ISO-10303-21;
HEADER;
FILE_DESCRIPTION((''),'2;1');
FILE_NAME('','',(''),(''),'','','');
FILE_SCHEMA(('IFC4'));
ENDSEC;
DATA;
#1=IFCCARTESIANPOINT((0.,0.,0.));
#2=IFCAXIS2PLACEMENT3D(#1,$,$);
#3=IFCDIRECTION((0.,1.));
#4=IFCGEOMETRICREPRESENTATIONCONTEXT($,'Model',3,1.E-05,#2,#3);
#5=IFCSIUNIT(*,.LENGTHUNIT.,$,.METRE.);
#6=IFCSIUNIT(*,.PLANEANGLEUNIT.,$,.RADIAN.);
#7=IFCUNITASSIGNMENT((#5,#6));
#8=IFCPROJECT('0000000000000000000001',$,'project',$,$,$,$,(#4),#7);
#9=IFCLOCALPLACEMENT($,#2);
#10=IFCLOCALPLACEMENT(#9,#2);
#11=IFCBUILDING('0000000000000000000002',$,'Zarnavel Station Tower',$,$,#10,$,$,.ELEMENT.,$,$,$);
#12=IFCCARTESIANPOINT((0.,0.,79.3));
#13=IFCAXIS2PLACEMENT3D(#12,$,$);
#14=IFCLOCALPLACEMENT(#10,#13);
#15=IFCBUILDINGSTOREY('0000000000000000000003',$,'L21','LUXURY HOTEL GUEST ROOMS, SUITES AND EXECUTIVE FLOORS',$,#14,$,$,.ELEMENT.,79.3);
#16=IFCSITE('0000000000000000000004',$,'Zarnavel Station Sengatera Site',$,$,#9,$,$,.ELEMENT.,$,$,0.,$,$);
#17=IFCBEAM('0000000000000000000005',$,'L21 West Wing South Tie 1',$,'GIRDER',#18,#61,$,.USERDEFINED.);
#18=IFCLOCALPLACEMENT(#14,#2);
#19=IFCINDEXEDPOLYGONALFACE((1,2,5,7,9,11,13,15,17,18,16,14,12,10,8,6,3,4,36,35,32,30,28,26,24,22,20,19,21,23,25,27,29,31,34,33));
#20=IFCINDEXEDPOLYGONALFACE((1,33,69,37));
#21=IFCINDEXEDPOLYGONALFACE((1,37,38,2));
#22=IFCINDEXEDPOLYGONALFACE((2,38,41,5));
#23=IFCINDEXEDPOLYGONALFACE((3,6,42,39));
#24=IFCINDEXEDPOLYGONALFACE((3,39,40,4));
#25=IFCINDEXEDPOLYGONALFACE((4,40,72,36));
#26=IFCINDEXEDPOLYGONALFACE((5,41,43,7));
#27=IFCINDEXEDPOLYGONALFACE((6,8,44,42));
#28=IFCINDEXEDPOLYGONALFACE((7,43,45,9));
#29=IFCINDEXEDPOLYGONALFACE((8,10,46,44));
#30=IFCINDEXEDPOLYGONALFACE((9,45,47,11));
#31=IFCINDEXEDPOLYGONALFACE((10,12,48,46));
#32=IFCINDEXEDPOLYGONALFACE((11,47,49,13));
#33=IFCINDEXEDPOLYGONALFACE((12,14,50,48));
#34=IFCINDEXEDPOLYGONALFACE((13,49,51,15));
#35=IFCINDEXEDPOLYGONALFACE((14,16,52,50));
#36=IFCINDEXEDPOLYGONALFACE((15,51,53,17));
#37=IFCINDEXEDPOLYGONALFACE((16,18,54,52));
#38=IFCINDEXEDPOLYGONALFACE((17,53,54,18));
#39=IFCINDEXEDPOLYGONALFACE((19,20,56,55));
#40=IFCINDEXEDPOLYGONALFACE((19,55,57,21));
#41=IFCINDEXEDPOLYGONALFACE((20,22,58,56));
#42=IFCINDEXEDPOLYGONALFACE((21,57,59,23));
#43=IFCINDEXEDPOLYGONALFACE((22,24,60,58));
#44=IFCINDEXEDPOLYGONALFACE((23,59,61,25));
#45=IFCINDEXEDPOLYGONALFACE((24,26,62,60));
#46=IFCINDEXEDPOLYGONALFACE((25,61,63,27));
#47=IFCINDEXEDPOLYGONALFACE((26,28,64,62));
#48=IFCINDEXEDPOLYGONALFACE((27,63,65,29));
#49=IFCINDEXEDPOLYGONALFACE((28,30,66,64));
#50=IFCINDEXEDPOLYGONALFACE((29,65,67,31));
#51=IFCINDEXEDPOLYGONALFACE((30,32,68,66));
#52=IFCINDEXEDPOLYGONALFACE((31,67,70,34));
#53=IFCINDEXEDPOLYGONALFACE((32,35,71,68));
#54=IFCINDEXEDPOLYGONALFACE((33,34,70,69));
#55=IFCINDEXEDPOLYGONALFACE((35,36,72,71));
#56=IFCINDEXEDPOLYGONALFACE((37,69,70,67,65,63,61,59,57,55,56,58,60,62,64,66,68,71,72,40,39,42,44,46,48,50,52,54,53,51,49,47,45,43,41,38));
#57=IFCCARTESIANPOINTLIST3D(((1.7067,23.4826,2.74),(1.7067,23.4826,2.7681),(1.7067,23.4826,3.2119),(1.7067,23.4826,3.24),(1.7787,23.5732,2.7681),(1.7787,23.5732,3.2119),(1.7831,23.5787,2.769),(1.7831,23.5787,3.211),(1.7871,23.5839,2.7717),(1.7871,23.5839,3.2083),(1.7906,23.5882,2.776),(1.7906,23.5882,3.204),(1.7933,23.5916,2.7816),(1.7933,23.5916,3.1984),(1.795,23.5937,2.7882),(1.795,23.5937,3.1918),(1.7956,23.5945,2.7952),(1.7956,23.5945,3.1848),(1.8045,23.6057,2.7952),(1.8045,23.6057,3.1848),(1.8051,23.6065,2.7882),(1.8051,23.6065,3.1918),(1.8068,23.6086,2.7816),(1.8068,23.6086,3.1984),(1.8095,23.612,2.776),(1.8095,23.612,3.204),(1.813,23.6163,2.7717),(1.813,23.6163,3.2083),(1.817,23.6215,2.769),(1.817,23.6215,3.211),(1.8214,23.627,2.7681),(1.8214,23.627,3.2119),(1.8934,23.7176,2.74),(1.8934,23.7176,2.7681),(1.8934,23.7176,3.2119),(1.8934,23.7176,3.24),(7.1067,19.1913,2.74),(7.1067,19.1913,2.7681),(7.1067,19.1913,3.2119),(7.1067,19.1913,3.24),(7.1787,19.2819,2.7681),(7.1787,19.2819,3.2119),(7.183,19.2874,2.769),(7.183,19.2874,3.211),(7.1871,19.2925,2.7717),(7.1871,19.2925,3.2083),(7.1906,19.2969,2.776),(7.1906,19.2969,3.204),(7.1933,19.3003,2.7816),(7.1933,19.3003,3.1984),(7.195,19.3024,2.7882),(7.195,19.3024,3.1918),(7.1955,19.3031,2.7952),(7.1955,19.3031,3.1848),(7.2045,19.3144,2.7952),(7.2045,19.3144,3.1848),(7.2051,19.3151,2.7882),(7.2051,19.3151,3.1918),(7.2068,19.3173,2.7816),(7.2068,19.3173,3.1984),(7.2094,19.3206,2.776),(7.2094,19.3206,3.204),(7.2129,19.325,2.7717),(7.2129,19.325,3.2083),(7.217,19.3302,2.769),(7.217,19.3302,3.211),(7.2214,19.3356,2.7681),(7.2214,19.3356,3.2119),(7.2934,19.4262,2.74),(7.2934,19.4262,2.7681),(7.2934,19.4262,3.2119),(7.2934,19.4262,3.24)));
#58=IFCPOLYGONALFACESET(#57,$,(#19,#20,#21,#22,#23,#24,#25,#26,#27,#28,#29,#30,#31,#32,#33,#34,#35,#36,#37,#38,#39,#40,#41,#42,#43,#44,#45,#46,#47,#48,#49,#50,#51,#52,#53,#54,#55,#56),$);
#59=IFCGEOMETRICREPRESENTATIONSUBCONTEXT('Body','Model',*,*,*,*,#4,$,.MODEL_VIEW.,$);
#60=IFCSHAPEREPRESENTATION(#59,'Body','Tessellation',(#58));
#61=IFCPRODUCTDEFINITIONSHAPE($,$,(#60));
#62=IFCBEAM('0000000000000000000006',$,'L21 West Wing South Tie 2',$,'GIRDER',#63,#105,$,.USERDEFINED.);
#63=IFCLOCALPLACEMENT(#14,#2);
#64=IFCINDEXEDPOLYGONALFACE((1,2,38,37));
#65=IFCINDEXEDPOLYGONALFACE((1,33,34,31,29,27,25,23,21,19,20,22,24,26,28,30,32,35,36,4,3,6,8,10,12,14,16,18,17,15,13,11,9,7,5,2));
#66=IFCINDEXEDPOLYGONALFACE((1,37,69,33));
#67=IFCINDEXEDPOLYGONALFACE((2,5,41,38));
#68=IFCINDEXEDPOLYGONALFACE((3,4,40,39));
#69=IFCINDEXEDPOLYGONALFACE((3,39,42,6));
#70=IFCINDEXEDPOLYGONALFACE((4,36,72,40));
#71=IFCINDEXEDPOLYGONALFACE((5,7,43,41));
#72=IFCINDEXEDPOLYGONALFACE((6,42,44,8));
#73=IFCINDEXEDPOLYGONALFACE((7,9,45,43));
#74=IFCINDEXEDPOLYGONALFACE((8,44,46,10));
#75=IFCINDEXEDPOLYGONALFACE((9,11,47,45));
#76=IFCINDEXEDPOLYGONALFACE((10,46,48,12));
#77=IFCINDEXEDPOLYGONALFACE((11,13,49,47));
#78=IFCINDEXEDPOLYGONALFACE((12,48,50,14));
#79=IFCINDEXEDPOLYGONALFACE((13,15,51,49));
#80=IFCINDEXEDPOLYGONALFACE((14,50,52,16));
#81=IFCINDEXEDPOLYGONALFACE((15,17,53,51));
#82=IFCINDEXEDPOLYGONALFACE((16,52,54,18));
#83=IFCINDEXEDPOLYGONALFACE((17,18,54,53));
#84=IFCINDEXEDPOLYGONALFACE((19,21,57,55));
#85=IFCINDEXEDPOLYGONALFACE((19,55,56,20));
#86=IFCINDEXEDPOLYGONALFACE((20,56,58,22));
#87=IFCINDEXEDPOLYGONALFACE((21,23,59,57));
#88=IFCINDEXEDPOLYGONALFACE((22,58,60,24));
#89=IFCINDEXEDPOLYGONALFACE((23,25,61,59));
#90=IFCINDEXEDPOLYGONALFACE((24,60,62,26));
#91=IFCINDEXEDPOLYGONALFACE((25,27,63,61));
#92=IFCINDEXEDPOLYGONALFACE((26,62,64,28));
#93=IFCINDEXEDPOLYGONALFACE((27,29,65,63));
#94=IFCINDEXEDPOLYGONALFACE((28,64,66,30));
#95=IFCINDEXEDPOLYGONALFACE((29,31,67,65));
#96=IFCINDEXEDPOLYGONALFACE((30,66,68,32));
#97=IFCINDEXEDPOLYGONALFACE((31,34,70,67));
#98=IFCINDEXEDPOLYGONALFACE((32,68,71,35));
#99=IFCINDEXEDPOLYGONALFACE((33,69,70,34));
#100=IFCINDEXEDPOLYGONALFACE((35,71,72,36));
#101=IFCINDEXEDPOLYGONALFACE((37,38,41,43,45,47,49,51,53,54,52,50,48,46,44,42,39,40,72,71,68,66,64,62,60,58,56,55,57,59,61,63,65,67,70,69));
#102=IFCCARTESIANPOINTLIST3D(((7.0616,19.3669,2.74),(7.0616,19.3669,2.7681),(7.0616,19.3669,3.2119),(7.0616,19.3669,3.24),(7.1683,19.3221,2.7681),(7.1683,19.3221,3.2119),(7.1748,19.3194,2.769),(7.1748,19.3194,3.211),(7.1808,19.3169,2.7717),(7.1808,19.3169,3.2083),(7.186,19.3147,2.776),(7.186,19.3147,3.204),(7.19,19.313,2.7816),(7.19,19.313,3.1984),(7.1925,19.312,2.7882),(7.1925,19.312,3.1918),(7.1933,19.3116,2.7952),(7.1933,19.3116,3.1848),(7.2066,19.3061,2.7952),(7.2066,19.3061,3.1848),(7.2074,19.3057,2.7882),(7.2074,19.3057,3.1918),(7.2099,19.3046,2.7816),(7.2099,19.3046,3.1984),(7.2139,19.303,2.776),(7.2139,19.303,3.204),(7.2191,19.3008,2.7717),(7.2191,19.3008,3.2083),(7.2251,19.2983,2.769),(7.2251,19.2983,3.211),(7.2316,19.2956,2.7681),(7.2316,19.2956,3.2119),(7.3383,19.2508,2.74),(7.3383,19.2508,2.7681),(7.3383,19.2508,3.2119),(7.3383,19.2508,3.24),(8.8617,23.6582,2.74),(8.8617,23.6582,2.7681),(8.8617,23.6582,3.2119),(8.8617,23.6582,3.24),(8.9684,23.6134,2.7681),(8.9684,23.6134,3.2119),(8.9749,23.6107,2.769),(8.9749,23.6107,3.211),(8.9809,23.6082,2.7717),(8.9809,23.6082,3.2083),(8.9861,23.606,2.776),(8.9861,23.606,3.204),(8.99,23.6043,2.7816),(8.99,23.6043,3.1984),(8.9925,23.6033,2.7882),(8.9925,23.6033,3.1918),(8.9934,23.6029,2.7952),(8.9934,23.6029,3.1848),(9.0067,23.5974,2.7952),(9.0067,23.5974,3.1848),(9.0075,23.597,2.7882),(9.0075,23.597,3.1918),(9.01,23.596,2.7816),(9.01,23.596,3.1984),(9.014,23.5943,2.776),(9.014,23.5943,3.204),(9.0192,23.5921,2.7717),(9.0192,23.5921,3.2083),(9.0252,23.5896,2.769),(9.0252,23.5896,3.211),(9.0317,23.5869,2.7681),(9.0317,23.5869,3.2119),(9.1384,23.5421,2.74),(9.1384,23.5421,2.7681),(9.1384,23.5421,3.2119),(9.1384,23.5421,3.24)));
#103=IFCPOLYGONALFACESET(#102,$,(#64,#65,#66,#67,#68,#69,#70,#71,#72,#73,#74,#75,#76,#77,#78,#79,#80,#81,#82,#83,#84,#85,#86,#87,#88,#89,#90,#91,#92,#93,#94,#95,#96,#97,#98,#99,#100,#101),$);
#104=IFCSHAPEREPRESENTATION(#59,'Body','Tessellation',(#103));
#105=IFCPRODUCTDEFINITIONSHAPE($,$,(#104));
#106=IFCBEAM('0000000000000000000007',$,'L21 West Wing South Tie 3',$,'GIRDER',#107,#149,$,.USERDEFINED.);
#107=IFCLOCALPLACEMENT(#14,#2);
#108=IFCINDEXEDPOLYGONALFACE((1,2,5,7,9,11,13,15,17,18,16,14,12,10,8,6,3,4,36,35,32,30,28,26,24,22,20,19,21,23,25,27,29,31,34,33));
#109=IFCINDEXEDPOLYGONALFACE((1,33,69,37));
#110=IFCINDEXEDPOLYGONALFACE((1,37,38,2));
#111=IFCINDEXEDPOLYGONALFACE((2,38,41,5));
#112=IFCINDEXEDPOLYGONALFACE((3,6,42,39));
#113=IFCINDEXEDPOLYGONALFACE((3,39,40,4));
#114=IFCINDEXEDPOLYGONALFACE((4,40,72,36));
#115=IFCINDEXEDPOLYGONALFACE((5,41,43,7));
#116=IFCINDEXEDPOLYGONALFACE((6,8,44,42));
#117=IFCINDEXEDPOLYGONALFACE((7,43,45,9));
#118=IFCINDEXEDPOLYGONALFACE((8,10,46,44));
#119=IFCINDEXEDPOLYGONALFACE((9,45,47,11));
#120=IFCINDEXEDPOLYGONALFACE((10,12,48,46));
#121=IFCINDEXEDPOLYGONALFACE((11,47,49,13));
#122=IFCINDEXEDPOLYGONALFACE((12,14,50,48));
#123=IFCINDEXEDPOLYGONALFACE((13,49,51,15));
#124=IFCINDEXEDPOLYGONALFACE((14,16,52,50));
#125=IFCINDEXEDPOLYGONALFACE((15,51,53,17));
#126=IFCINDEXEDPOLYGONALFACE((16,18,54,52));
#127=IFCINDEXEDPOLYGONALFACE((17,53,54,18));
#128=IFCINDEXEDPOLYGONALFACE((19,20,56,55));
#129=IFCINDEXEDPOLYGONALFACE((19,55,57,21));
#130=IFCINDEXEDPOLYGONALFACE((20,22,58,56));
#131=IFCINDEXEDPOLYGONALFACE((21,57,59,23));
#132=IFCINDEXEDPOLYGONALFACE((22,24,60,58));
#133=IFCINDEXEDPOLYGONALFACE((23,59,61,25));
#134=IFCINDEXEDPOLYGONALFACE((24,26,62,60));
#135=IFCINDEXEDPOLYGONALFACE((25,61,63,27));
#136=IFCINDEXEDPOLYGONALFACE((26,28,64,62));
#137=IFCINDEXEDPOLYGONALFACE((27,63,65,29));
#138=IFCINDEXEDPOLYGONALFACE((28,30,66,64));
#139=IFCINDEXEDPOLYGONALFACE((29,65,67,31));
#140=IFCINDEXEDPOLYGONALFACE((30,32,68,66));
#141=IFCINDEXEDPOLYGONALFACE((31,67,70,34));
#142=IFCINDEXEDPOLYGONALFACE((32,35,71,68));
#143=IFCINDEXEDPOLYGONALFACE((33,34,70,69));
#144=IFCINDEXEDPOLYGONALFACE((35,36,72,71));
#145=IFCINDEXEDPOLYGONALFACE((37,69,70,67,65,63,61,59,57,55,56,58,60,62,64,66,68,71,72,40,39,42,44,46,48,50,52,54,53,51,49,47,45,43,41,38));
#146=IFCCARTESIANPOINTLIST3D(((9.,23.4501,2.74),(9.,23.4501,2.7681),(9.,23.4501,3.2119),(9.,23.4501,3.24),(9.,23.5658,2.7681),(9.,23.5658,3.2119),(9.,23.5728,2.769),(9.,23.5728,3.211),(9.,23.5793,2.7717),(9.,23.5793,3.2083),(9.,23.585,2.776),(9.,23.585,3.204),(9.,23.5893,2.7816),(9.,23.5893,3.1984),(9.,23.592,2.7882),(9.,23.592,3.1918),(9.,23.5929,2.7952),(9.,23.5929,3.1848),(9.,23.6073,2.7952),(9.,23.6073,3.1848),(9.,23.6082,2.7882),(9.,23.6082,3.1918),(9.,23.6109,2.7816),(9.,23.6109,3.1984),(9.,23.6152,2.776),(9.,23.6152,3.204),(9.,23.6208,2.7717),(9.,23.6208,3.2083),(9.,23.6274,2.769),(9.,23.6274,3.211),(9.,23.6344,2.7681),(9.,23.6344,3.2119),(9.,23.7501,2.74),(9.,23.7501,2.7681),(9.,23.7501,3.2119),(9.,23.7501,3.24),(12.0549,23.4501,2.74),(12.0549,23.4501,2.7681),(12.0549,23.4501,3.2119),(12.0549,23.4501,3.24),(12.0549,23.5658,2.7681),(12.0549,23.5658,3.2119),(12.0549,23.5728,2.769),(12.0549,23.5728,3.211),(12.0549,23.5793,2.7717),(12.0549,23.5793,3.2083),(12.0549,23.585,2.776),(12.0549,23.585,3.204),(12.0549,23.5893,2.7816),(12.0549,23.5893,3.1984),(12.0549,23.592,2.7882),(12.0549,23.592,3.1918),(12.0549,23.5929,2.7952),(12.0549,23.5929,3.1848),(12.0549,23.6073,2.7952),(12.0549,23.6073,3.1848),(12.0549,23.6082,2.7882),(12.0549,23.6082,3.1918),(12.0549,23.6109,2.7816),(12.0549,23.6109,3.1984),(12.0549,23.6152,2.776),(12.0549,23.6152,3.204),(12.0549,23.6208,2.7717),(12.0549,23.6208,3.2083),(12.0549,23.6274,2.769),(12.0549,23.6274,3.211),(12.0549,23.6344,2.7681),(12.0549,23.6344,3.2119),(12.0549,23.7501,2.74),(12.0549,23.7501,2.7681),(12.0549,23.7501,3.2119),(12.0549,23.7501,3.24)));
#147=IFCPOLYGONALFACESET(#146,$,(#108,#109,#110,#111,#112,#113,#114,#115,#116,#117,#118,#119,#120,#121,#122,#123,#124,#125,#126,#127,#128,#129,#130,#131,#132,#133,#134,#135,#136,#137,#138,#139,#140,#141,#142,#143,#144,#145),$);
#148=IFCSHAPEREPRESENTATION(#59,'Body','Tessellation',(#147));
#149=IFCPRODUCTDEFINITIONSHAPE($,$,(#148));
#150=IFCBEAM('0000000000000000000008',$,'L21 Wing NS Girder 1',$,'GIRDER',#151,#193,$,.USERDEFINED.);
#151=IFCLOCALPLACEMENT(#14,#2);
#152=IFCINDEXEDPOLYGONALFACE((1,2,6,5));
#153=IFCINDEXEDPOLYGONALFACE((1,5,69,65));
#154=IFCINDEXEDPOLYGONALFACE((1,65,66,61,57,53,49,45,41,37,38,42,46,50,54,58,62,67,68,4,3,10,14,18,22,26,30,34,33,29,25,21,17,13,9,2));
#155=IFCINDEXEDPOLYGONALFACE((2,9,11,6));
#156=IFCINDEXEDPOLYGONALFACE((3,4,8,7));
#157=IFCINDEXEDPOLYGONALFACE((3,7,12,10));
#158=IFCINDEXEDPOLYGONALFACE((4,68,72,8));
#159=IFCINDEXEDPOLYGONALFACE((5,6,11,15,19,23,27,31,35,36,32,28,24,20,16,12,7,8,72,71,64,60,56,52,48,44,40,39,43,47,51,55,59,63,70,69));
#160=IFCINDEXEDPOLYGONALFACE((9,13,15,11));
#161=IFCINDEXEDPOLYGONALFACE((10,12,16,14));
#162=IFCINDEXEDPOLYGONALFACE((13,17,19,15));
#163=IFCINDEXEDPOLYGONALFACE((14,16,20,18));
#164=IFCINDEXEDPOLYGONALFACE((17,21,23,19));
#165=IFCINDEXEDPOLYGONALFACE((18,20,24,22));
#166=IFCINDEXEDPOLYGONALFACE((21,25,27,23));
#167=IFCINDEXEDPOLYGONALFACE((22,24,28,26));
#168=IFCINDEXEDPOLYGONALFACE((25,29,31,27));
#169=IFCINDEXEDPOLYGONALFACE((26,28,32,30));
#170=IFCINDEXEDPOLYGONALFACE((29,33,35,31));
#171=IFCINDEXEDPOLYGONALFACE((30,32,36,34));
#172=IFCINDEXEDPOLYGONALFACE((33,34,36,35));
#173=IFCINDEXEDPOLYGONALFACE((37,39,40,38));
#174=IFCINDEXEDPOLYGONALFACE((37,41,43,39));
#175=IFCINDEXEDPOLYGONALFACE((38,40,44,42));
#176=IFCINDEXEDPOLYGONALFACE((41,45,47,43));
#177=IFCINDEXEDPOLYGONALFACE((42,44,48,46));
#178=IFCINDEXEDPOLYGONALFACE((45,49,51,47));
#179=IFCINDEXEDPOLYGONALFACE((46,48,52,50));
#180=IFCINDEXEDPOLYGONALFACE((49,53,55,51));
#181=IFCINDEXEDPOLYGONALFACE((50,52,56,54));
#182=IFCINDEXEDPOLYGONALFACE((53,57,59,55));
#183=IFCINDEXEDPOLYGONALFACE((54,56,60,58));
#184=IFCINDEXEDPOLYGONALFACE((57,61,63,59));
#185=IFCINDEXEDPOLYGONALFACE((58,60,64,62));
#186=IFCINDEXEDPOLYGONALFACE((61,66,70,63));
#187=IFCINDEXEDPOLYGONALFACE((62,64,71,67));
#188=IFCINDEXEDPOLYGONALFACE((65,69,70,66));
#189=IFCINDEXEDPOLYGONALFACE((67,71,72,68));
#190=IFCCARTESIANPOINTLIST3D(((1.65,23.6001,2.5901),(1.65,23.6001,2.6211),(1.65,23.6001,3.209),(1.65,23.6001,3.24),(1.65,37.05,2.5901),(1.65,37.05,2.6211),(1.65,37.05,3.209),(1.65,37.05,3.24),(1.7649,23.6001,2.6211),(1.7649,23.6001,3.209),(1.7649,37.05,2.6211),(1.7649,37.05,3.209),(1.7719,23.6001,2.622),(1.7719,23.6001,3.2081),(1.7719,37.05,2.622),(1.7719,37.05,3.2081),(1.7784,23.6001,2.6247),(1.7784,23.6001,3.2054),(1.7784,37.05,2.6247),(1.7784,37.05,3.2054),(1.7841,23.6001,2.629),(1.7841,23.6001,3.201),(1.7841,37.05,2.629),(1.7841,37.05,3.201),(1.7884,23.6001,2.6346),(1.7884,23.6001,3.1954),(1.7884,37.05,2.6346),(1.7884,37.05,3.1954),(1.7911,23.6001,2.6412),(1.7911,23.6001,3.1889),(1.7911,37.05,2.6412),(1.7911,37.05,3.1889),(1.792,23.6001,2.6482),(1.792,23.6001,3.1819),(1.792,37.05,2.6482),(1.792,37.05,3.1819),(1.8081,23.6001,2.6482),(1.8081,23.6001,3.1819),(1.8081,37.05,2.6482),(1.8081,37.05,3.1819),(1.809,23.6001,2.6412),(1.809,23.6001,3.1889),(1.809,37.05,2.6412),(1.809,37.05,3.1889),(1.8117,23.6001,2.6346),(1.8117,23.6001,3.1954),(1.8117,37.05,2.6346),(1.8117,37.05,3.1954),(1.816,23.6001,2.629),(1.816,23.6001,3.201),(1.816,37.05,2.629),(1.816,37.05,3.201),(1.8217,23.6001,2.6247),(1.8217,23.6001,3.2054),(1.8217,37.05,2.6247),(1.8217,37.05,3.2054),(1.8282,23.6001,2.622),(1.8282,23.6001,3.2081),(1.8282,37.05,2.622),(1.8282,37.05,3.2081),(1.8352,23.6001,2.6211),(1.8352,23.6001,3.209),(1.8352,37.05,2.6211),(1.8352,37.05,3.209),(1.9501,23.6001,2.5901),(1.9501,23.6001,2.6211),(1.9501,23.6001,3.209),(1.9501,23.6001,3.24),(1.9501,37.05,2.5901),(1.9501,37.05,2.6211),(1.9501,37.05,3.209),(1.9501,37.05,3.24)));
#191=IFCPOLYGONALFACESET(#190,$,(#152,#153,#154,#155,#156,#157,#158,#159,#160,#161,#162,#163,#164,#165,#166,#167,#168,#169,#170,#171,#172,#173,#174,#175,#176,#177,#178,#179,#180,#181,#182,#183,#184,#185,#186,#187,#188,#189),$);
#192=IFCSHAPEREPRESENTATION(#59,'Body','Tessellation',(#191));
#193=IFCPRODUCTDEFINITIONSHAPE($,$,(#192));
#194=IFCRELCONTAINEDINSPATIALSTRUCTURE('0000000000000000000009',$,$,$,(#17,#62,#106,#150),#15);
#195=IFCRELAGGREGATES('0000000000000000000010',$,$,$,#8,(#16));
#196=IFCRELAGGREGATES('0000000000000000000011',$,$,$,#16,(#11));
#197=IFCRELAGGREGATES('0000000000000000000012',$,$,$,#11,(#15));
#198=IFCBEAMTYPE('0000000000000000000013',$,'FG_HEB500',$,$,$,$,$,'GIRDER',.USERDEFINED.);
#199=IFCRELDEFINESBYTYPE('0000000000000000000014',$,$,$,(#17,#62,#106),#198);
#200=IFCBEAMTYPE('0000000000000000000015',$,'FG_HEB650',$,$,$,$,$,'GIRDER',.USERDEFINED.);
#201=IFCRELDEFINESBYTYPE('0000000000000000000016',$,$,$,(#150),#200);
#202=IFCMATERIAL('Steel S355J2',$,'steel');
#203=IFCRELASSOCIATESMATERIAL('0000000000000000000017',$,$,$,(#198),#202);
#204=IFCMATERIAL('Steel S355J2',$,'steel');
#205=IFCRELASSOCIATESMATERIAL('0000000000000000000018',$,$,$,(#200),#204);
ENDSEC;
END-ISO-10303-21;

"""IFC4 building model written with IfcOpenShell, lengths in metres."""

from ifc_helpers import new_model, si_unit, direction, frame, origin, origin_2d, place, context, subcontext, project, spatial, i_section, extrude, material, material_profile, profile_set, type_object, element, save


model = new_model("IFC4")

# Units and contexts
model_context = context("Model", 3, precision=1e-05, world=origin(), true_north=direction((0.0, 1.0)))
body_context = subcontext(model_context, "Body", "Model", "MODEL_VIEW")
ifc_project = project(units=[si_unit("LENGTHUNIT", "METRE"), si_unit("PLANEANGLEUNIT", "RADIAN")], contexts=[model_context])

# Site, building, storey
site_placement = place(None, origin())
site = spatial("IfcSite", under=ifc_project, at=site_placement, Name="Zarnavel Station Sengatera Site", CompositionType="ELEMENT", RefElevation=0.0)
building_placement = place(site_placement, origin())
building = spatial("IfcBuilding", under=site, at=building_placement, Name="Zarnavel Station Tower", CompositionType="ELEMENT")
storey_placement = place(building_placement, frame((0.0, 0.0, 79.3)))
storey = spatial("IfcBuildingStorey", under=building, at=storey_placement, Name="L21", Description="LUXURY HOTEL GUEST ROOMS, SUITES AND EXECUTIVE FLOORS", CompositionType="ELEMENT", Elevation=79.3)

# Beams
ifc_material_1 = material(Name="Steel S355J2", Category="steel")
ifc_material_profile_1 = material_profile(ifc_material_1, i_section(OverallWidth=0.3, OverallDepth=0.5, WebThickness=0.0144, FlangeThickness=0.0281, FilletRadius=0.0271, at=origin_2d()), Name="HEB500")
ifc_profile_set_1 = profile_set([ifc_material_profile_1], Name="Steel S355J2")
beam_type_1 = type_object("IfcBeamType", Name="FG_HEB500", ElementType="GIRDER", PredefinedType="USERDEFINED", material=ifc_profile_set_1)
beam_1_placement = place(storey_placement, frame((1.8, 23.6001, 2.99), z_axis=(0.782892, -0.622158, 0.0), x_axis=(0.622158, 0.782892, 0.0)))
element("IfcBeam", 1, at=beam_1_placement, inside=storey, type_object=beam_type_1, Name="L21 West Wing South Tie 1", ObjectType="GIRDER", PredefinedType="USERDEFINED", context=body_context, shape_type="SweptSolid", body=[
    extrude(i_section(OverallWidth=0.3, OverallDepth=0.5, WebThickness=0.0144, FlangeThickness=0.0281, FilletRadius=0.0271, at=origin_2d()), origin(), (0.0, 0.0, 1.0), 6.8975),
])
beam_2_placement = place(storey_placement, frame((7.2, 19.3088, 2.99), z_axis=(0.386816, 0.922157, 0.0), x_axis=(-0.922157, 0.386816, 0.0)))
element("IfcBeam", 2, at=beam_2_placement, inside=storey, type_object=beam_type_1, Name="L21 West Wing South Tie 2", ObjectType="GIRDER", PredefinedType="USERDEFINED", context=body_context, shape_type="SweptSolid", body=[
    extrude(i_section(OverallWidth=0.3, OverallDepth=0.5, WebThickness=0.0144, FlangeThickness=0.0281, FilletRadius=0.0271, at=origin_2d()), origin(), (0.0, 0.0, 1.0), 4.6536),
])
beam_3_placement = place(storey_placement, frame((9.0, 23.6001, 2.99), z_axis=(1.0, 0.0, 0.0), x_axis=(0.0, 1.0, 0.0)))
element("IfcBeam", 3, at=beam_3_placement, inside=storey, type_object=beam_type_1, Name="L21 West Wing South Tie 3", ObjectType="GIRDER", PredefinedType="USERDEFINED", context=body_context, shape_type="SweptSolid", body=[
    extrude(i_section(OverallWidth=0.3, OverallDepth=0.5, WebThickness=0.0144, FlangeThickness=0.0281, FilletRadius=0.0271, at=origin_2d()), origin(), (0.0, 0.0, 1.0), 3.0549),
])
ifc_material_2 = material(Name="Steel S355J2", Category="steel")
ifc_material_profile_2 = material_profile(ifc_material_2, i_section(OverallWidth=0.3, OverallDepth=0.6499, WebThickness=0.0161, FlangeThickness=0.031, FilletRadius=0.0271, at=origin_2d()), Name="HEB650")
ifc_profile_set_2 = profile_set([ifc_material_profile_2], Name="Steel S355J2")
beam_type_2 = type_object("IfcBeamType", Name="FG_HEB650", ElementType="GIRDER", PredefinedType="USERDEFINED", material=ifc_profile_set_2)
beam_4_placement = place(storey_placement, frame((1.8, 23.6001, 2.915), z_axis=(0.0, 1.0, 0.0), x_axis=(-1.0, 0.0, 0.0)))
element("IfcBeam", 4, at=beam_4_placement, inside=storey, type_object=beam_type_2, Name="L21 Wing NS Girder 1", ObjectType="GIRDER", PredefinedType="USERDEFINED", context=body_context, shape_type="SweptSolid", body=[
    extrude(i_section(OverallWidth=0.3, OverallDepth=0.6499, WebThickness=0.0161, FlangeThickness=0.031, FilletRadius=0.0271, at=origin_2d()), origin(), (0.0, 0.0, 1.0), 13.45),
])

save(model, "model.ifc")
